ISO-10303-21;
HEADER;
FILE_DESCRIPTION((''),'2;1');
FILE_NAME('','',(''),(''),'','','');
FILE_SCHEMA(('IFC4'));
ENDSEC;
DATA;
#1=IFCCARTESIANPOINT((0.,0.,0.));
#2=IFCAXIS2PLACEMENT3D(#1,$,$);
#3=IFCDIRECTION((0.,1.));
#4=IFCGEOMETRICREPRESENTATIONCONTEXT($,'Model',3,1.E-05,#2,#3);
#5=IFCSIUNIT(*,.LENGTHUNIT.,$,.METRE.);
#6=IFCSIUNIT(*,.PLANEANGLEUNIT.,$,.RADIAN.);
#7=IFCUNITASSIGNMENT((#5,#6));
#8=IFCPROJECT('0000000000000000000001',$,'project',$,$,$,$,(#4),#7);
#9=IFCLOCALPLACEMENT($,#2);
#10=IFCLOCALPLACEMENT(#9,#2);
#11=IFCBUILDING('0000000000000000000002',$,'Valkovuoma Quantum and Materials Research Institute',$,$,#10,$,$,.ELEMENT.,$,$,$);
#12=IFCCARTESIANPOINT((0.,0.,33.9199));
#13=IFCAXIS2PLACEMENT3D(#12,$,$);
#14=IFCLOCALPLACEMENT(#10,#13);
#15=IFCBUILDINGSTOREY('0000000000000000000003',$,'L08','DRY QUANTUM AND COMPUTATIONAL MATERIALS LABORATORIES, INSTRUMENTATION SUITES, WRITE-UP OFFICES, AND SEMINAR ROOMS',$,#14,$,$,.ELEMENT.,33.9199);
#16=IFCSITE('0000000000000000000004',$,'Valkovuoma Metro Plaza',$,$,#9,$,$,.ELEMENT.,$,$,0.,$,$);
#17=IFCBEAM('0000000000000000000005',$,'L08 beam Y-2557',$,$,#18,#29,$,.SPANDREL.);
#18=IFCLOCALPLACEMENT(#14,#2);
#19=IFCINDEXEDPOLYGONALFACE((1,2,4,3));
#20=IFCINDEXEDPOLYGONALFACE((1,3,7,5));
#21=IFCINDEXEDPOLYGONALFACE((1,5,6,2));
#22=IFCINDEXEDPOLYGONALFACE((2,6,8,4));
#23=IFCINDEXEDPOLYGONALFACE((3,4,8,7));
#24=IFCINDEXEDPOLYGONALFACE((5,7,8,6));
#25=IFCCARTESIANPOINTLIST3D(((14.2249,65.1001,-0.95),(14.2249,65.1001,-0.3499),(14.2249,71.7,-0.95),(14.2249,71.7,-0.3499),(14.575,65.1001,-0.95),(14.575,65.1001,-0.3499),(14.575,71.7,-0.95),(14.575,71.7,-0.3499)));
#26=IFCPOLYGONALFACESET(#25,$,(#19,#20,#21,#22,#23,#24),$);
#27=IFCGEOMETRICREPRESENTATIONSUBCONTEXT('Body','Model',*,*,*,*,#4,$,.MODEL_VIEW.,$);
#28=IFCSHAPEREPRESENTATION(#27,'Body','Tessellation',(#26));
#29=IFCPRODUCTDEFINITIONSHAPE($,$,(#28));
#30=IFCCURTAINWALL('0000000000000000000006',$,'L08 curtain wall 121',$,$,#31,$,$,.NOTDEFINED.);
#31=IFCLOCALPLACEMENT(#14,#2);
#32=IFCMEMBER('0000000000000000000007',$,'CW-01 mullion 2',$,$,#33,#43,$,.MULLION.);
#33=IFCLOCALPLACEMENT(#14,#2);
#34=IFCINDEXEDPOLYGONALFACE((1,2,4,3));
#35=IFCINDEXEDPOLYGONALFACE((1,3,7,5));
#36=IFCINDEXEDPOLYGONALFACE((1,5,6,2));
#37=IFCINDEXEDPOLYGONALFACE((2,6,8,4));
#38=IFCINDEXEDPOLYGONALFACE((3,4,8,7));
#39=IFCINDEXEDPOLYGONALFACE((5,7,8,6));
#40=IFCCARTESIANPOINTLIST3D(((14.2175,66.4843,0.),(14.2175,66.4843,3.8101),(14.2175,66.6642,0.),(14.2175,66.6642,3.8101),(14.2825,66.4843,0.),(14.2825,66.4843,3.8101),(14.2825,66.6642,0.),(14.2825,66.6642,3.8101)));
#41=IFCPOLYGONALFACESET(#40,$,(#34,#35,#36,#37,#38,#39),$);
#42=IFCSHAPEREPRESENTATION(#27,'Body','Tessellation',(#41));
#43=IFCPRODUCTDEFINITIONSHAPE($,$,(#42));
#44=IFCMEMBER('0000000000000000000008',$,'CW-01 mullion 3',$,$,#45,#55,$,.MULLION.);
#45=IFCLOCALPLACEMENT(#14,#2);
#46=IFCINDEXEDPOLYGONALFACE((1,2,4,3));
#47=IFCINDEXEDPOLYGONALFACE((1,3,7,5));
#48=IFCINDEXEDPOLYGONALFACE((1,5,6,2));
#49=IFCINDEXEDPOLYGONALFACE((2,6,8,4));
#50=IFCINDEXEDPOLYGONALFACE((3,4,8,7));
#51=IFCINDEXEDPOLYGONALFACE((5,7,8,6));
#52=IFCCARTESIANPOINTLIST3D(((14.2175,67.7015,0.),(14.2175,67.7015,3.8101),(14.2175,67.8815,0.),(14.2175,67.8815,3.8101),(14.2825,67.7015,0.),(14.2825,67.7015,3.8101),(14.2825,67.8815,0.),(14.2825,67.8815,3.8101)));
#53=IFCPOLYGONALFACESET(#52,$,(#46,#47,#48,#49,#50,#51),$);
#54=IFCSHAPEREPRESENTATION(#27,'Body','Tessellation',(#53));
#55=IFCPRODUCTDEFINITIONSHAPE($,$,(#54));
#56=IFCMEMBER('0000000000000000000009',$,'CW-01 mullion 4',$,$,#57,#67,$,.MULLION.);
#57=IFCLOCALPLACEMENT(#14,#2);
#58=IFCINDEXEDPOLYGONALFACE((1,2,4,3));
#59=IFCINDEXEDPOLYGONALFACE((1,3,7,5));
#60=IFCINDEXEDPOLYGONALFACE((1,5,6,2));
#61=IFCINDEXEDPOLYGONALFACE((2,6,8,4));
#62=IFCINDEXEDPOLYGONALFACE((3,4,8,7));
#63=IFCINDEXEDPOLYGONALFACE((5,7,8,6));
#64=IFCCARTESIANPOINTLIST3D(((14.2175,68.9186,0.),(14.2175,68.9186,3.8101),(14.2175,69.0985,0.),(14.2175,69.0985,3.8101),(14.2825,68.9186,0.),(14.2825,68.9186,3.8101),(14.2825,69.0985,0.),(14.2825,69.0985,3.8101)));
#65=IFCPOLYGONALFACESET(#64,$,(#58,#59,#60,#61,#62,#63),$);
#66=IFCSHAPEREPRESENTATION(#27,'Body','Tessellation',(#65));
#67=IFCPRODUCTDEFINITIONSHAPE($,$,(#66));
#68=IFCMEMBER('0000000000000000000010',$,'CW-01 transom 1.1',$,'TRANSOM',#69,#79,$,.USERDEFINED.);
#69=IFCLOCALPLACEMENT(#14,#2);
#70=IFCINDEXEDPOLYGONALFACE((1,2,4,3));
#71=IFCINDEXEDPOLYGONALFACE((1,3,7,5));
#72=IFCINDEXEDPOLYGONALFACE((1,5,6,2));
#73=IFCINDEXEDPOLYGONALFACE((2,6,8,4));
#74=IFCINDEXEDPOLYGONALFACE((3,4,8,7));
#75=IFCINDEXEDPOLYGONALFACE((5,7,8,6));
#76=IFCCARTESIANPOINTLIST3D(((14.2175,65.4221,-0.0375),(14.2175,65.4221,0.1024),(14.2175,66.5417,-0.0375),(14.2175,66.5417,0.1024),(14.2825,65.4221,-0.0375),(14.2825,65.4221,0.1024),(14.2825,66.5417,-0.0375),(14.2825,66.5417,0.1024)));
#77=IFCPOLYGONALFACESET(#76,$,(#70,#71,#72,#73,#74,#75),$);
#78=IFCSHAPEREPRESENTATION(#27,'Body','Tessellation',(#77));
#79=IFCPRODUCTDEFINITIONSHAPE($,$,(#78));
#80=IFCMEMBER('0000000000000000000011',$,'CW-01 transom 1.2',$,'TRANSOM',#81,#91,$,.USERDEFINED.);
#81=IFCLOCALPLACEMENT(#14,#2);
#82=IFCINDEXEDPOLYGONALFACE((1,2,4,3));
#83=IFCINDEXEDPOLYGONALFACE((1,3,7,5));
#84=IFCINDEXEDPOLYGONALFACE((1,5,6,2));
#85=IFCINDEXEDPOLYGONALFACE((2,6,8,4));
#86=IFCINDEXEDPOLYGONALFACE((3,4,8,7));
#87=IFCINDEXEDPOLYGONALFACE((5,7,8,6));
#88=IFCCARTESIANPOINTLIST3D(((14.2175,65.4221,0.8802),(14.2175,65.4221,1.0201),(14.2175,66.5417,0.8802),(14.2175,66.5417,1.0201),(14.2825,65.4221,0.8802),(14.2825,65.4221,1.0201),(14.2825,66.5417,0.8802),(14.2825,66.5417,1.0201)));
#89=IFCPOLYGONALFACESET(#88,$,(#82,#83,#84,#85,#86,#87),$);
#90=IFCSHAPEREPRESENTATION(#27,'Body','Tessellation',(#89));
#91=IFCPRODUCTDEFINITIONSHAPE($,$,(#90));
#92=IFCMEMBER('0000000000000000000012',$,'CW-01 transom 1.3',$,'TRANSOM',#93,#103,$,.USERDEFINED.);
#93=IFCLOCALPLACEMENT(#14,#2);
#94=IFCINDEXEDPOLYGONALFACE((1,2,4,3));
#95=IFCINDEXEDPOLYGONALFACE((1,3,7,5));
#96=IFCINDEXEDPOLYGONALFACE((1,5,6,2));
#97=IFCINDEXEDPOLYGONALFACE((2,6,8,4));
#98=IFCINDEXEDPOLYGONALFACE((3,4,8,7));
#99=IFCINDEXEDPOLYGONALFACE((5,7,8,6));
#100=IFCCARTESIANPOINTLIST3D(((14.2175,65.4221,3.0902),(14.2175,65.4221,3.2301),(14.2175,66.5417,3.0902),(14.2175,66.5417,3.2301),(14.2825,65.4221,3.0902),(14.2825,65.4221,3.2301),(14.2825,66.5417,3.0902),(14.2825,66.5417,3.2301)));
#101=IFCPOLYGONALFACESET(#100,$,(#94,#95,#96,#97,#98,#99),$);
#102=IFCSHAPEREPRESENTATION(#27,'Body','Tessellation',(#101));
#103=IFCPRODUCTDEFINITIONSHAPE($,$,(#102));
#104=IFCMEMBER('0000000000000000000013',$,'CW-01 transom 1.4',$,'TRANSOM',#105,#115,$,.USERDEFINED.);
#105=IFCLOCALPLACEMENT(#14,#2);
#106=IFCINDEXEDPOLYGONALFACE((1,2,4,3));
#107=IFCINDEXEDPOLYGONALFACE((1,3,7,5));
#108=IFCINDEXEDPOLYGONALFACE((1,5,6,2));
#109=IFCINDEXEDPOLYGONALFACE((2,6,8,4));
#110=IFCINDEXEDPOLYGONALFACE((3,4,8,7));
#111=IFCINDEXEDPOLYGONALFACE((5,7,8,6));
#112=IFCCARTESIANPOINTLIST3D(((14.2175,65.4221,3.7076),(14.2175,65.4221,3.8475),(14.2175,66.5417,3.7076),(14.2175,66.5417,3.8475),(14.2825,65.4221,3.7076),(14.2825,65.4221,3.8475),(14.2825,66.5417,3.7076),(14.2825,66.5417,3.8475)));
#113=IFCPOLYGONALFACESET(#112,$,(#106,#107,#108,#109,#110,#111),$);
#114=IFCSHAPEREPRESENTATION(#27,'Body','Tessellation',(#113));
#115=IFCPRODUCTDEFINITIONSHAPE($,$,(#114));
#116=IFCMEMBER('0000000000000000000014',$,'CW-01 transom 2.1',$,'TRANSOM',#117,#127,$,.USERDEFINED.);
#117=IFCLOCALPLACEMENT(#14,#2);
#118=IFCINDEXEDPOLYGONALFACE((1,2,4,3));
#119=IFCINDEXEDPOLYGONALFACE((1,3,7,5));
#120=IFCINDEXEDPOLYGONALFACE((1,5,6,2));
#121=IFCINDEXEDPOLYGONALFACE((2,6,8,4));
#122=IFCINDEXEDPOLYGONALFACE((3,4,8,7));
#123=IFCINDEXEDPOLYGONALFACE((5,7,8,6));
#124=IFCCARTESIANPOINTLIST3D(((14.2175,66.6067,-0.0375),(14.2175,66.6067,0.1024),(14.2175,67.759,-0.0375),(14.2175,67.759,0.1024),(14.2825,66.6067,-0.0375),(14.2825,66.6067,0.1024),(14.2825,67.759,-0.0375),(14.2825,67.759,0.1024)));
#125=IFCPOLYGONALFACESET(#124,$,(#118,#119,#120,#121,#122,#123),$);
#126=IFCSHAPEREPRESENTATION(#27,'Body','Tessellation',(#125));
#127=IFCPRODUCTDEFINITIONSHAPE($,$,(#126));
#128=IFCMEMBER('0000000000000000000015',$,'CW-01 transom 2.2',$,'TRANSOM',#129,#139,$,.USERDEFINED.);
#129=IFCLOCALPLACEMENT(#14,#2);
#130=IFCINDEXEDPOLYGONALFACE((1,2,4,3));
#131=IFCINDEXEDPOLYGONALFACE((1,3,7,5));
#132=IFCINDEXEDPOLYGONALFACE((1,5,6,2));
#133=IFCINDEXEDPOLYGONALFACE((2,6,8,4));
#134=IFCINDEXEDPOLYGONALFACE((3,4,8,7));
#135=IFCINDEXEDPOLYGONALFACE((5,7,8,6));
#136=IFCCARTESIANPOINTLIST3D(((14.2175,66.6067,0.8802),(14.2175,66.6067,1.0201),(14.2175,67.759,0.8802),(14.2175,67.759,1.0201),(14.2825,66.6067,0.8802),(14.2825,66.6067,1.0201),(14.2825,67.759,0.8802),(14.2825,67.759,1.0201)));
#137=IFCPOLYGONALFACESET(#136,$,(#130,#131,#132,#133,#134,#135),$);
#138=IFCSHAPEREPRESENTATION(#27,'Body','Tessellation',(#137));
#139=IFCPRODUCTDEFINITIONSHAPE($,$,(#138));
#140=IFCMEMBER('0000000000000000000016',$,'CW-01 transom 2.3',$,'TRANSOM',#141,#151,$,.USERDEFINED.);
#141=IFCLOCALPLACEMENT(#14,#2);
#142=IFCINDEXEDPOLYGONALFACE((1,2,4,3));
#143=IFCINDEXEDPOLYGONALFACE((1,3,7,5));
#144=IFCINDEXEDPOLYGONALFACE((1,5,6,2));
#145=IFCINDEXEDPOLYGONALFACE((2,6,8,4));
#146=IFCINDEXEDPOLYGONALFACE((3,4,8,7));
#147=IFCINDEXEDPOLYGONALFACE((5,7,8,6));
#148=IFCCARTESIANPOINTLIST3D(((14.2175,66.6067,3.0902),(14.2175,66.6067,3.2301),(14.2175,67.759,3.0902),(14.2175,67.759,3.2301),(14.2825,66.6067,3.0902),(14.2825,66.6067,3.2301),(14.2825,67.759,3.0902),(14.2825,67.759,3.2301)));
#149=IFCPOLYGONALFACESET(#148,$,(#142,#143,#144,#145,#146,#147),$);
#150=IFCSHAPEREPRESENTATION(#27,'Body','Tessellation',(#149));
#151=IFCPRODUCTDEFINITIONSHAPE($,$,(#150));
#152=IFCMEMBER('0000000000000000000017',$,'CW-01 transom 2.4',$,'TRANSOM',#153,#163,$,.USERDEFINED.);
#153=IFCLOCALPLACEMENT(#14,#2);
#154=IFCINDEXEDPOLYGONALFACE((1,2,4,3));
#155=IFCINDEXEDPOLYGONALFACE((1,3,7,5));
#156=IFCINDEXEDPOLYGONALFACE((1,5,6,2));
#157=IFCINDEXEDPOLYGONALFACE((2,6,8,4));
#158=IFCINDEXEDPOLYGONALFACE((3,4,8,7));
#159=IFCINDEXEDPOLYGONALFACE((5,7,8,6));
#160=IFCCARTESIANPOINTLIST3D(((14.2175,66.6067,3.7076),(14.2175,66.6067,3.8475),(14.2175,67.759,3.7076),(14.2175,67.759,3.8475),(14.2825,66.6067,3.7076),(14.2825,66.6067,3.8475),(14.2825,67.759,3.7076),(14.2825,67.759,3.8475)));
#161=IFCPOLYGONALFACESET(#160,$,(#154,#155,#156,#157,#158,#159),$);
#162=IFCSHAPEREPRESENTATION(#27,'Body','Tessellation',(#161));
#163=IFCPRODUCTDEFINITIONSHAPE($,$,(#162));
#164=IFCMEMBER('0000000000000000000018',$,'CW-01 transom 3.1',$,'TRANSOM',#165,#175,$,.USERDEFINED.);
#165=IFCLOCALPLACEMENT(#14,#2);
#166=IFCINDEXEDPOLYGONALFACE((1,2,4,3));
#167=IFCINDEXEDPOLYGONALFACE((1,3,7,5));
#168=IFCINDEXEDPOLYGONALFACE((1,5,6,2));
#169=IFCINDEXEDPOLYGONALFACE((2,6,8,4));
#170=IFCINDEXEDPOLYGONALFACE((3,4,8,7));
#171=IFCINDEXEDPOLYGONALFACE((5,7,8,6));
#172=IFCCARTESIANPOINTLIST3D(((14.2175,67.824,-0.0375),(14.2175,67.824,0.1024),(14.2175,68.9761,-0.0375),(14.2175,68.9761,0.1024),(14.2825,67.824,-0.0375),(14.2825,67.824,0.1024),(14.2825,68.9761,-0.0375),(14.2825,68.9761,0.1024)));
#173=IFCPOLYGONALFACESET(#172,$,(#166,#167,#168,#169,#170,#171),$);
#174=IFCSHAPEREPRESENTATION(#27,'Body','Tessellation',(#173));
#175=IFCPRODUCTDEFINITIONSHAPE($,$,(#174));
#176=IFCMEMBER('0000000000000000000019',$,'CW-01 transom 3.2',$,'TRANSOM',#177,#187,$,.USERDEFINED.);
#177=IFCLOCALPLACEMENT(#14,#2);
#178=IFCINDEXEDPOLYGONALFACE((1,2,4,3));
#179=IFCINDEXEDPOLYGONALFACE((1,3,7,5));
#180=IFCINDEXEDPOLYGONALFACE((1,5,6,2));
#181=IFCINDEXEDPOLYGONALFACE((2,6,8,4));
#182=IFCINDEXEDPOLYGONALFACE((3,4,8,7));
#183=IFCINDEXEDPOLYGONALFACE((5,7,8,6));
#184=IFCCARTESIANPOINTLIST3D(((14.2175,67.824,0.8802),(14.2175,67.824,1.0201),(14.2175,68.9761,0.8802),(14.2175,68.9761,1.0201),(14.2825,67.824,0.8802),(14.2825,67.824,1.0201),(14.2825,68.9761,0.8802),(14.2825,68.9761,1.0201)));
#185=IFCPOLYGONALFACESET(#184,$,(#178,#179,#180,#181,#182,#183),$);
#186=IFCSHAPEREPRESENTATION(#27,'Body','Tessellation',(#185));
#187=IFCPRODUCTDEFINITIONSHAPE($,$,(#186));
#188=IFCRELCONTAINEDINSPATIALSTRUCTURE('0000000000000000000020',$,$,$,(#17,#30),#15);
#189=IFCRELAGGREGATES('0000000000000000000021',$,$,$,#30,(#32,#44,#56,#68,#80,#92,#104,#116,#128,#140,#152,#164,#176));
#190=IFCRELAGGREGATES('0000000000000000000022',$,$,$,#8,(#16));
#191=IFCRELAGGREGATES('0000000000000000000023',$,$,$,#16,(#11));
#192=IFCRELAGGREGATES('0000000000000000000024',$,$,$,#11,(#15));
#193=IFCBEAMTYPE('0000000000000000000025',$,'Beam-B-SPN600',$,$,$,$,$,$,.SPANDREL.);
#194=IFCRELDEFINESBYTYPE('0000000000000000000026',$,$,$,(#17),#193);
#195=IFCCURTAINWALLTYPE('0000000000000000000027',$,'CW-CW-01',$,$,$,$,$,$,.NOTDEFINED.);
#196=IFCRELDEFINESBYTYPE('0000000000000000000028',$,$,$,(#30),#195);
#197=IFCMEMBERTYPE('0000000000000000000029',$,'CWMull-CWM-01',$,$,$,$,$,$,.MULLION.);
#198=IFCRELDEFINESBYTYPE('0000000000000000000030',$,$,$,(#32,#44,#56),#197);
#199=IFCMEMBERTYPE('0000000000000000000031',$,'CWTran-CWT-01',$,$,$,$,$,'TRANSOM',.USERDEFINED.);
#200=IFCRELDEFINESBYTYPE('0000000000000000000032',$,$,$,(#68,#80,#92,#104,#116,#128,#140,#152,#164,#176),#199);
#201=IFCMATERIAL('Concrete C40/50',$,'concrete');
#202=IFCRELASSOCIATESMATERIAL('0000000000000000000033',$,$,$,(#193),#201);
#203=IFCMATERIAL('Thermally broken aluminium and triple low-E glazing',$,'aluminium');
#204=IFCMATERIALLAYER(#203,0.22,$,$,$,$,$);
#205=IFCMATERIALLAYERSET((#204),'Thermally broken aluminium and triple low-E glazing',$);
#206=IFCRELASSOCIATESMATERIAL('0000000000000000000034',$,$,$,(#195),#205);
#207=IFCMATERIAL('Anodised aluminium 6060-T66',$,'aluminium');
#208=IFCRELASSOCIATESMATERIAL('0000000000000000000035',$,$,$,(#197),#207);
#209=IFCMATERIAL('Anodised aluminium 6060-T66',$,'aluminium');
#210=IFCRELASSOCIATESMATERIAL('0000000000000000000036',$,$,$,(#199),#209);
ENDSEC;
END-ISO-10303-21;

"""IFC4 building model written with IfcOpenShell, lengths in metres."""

from ifc_helpers import new_model, si_unit, direction, frame, origin, origin_2d, place, context, subcontext, project, spatial, rectangle, extrude, material, layer, layer_set, material_profile, profile_set, type_object, element, aggregate, save


model = new_model("IFC4")

# Units and contexts
model_context = context("Model", 3, precision=1e-05, world=origin(), true_north=direction((0.0, 1.0)))
body_context = subcontext(model_context, "Body", "Model", "MODEL_VIEW")
ifc_project = project(units=[si_unit("LENGTHUNIT", "METRE"), si_unit("PLANEANGLEUNIT", "RADIAN")], contexts=[model_context])

# Site, building, storey
site_placement = place(None, origin())
site = spatial("IfcSite", under=ifc_project, at=site_placement, Name="Valkovuoma Metro Plaza", CompositionType="ELEMENT", RefElevation=0.0)
building_placement = place(site_placement, origin())
building = spatial("IfcBuilding", under=site, at=building_placement, Name="Valkovuoma Quantum and Materials Research Institute", CompositionType="ELEMENT")
storey_placement = place(building_placement, frame((0.0, 0.0, 33.9199)))
storey = spatial("IfcBuildingStorey", under=building, at=storey_placement, Name="L08", Description="DRY QUANTUM AND COMPUTATIONAL MATERIALS LABORATORIES, INSTRUMENTATION SUITES, WRITE-UP OFFICES, AND SEMINAR ROOMS", CompositionType="ELEMENT", Elevation=33.9199)

# Beam
ifc_material_1 = material(Name="Concrete C40/50", Category="concrete")
ifc_material_profile_1 = material_profile(ifc_material_1, rectangle(XDim=0.3501, YDim=0.6001, at=origin_2d()), Name="Concrete C40/50")
ifc_profile_set_1 = profile_set([ifc_material_profile_1], Name="Concrete C40/50")
beam_type = type_object("IfcBeamType", Name="Beam-B-SPN600", PredefinedType="SPANDREL", material=ifc_profile_set_1)
beam_placement = place(storey_placement, frame((14.3999, 65.1001, -0.6499), z_axis=(0.0, 1.0, 0.0), x_axis=(-1.0, 0.0, 0.0)))
element("IfcBeam", 1, at=beam_placement, inside=storey, type_object=beam_type, Name="L08 beam Y-2557", PredefinedType="SPANDREL", context=body_context, shape_type="SweptSolid", body=[
    extrude(rectangle(XDim=0.3501, YDim=0.6001, at=origin_2d()), origin(), (0.0, 0.0, 1.0), 6.5999),
])

# Curtain wall, members
ifc_material_2 = material(Name="Thermally broken aluminium and triple low-E glazing", Category="aluminium")
ifc_layer_1 = layer(ifc_material_2, 0.22)
ifc_layer_set_1 = layer_set([ifc_layer_1], Name="Thermally broken aluminium and triple low-E glazing")
curtain_wall_type = type_object("IfcCurtainWallType", Name="CW-CW-01", PredefinedType="NOTDEFINED", material=ifc_layer_set_1)
curtain_wall_placement = place(storey_placement, origin())
curtain_wall = element("IfcCurtainWall", 2, at=curtain_wall_placement, inside=storey, type_object=curtain_wall_type, Name="L08 curtain wall 121", PredefinedType="NOTDEFINED")
ifc_material_3 = material(Name="Anodised aluminium 6060-T66", Category="aluminium")
ifc_material_profile_2 = material_profile(ifc_material_3, rectangle(XDim=0.0649, YDim=0.1799, at=origin_2d()), Name="Anodised aluminium 6060-T66")
ifc_profile_set_2 = profile_set([ifc_material_profile_2], Name="Anodised aluminium 6060-T66")
member_type_1 = type_object("IfcMemberType", Name="CWMull-CWM-01", PredefinedType="MULLION", material=ifc_profile_set_2)
member_1_placement = place(storey_placement, frame((14.25, 66.5742, 0.0), z_axis=(0.0, 0.0, 1.0), x_axis=(-1.0, 0.0, 0.0)))
member_1 = element("IfcMember", 3, at=member_1_placement, type_object=member_type_1, Name="CW-01 mullion 2", PredefinedType="MULLION", context=body_context, shape_type="SweptSolid", body=[
    extrude(rectangle(XDim=0.0649, YDim=0.1799, at=origin_2d()), origin(), (0.0, 0.0, 1.0), 3.8101),
])
member_2_placement = place(storey_placement, frame((14.25, 67.7915, 0.0), z_axis=(0.0, 0.0, 1.0), x_axis=(-1.0, 0.0, 0.0)))
member_2 = element("IfcMember", 4, at=member_2_placement, type_object=member_type_1, Name="CW-01 mullion 3", PredefinedType="MULLION", context=body_context, shape_type="SweptSolid", body=[
    extrude(rectangle(XDim=0.0649, YDim=0.1799, at=origin_2d()), origin(), (0.0, 0.0, 1.0), 3.8101),
])
member_3_placement = place(storey_placement, frame((14.25, 69.0085, 0.0), z_axis=(0.0, 0.0, 1.0), x_axis=(-1.0, 0.0, 0.0)))
member_3 = element("IfcMember", 5, at=member_3_placement, type_object=member_type_1, Name="CW-01 mullion 4", PredefinedType="MULLION", context=body_context, shape_type="SweptSolid", body=[
    extrude(rectangle(XDim=0.0649, YDim=0.1799, at=origin_2d()), origin(), (0.0, 0.0, 1.0), 3.8101),
])
ifc_material_4 = material(Name="Anodised aluminium 6060-T66", Category="aluminium")
ifc_material_profile_3 = material_profile(ifc_material_4, rectangle(XDim=0.0649, YDim=0.1399, at=origin_2d()), Name="Anodised aluminium 6060-T66")
ifc_profile_set_3 = profile_set([ifc_material_profile_3], Name="Anodised aluminium 6060-T66")
member_type_2 = type_object("IfcMemberType", Name="CWTran-CWT-01", ElementType="TRANSOM", PredefinedType="USERDEFINED", material=ifc_profile_set_3)
member_4_placement = place(storey_placement, frame((14.25, 65.4221, 0.0325), z_axis=(0.0, 1.0, 0.0), x_axis=(-1.0, 0.0, 0.0)))
member_4 = element("IfcMember", 6, at=member_4_placement, type_object=member_type_2, Name="CW-01 transom 1.1", ObjectType="TRANSOM", PredefinedType="USERDEFINED", context=body_context, shape_type="SweptSolid", body=[
    extrude(rectangle(XDim=0.0649, YDim=0.1399, at=origin_2d()), origin(), (0.0, 0.0, 1.0), 1.1196),
])
member_5_placement = place(storey_placement, frame((14.25, 65.4221, 0.9502), z_axis=(0.0, 1.0, 0.0), x_axis=(-1.0, 0.0, 0.0)))
member_5 = element("IfcMember", 7, at=member_5_placement, type_object=member_type_2, Name="CW-01 transom 1.2", ObjectType="TRANSOM", PredefinedType="USERDEFINED", context=body_context, shape_type="SweptSolid", body=[
    extrude(rectangle(XDim=0.0649, YDim=0.1399, at=origin_2d()), origin(), (0.0, 0.0, 1.0), 1.1196),
])
member_6_placement = place(storey_placement, frame((14.25, 65.4221, 3.1602), z_axis=(0.0, 1.0, 0.0), x_axis=(-1.0, 0.0, 0.0)))
member_6 = element("IfcMember", 8, at=member_6_placement, type_object=member_type_2, Name="CW-01 transom 1.3", ObjectType="TRANSOM", PredefinedType="USERDEFINED", context=body_context, shape_type="SweptSolid", body=[
    extrude(rectangle(XDim=0.0649, YDim=0.1399, at=origin_2d()), origin(), (0.0, 0.0, 1.0), 1.1196),
])
member_7_placement = place(storey_placement, frame((14.25, 65.4221, 3.7776), z_axis=(0.0, 1.0, 0.0), x_axis=(-1.0, 0.0, 0.0)))
member_7 = element("IfcMember", 9, at=member_7_placement, type_object=member_type_2, Name="CW-01 transom 1.4", ObjectType="TRANSOM", PredefinedType="USERDEFINED", context=body_context, shape_type="SweptSolid", body=[
    extrude(rectangle(XDim=0.0649, YDim=0.1399, at=origin_2d()), origin(), (0.0, 0.0, 1.0), 1.1196),
])
member_8_placement = place(storey_placement, frame((14.25, 66.6067, 0.0325), z_axis=(0.0, 1.0, 0.0), x_axis=(-1.0, 0.0, 0.0)))
member_8 = element("IfcMember", 10, at=member_8_placement, type_object=member_type_2, Name="CW-01 transom 2.1", ObjectType="TRANSOM", PredefinedType="USERDEFINED", context=body_context, shape_type="SweptSolid", body=[
    extrude(rectangle(XDim=0.0649, YDim=0.1399, at=origin_2d()), origin(), (0.0, 0.0, 1.0), 1.1523),
])
member_9_placement = place(storey_placement, frame((14.25, 66.6067, 0.9502), z_axis=(0.0, 1.0, 0.0), x_axis=(-1.0, 0.0, 0.0)))
member_9 = element("IfcMember", 11, at=member_9_placement, type_object=member_type_2, Name="CW-01 transom 2.2", ObjectType="TRANSOM", PredefinedType="USERDEFINED", context=body_context, shape_type="SweptSolid", body=[
    extrude(rectangle(XDim=0.0649, YDim=0.1399, at=origin_2d()), origin(), (0.0, 0.0, 1.0), 1.1523),
])
member_10_placement = place(storey_placement, frame((14.25, 66.6067, 3.1602), z_axis=(0.0, 1.0, 0.0), x_axis=(-1.0, 0.0, 0.0)))
member_10 = element("IfcMember", 12, at=member_10_placement, type_object=member_type_2, Name="CW-01 transom 2.3", ObjectType="TRANSOM", PredefinedType="USERDEFINED", context=body_context, shape_type="SweptSolid", body=[
    extrude(rectangle(XDim=0.0649, YDim=0.1399, at=origin_2d()), origin(), (0.0, 0.0, 1.0), 1.1523),
])
member_11_placement = place(storey_placement, frame((14.25, 66.6067, 3.7776), z_axis=(0.0, 1.0, 0.0), x_axis=(-1.0, 0.0, 0.0)))
member_11 = element("IfcMember", 13, at=member_11_placement, type_object=member_type_2, Name="CW-01 transom 2.4", ObjectType="TRANSOM", PredefinedType="USERDEFINED", context=body_context, shape_type="SweptSolid", body=[
    extrude(rectangle(XDim=0.0649, YDim=0.1399, at=origin_2d()), origin(), (0.0, 0.0, 1.0), 1.1523),
])
member_12_placement = place(storey_placement, frame((14.25, 67.824, 0.0325), z_axis=(0.0, 1.0, 0.0), x_axis=(-1.0, 0.0, 0.0)))
member_12 = element("IfcMember", 14, at=member_12_placement, type_object=member_type_2, Name="CW-01 transom 3.1", ObjectType="TRANSOM", PredefinedType="USERDEFINED", context=body_context, shape_type="SweptSolid", body=[
    extrude(rectangle(XDim=0.0649, YDim=0.1399, at=origin_2d()), origin(), (0.0, 0.0, 1.0), 1.1521),
])
member_13_placement = place(storey_placement, frame((14.25, 67.824, 0.9502), z_axis=(0.0, 1.0, 0.0), x_axis=(-1.0, 0.0, 0.0)))
member_13 = element("IfcMember", 15, at=member_13_placement, type_object=member_type_2, Name="CW-01 transom 3.2", ObjectType="TRANSOM", PredefinedType="USERDEFINED", context=body_context, shape_type="SweptSolid", body=[
    extrude(rectangle(XDim=0.0649, YDim=0.1399, at=origin_2d()), origin(), (0.0, 0.0, 1.0), 1.1521),
])
aggregate(curtain_wall, [member_1, member_2, member_3, member_4, member_5, member_6, member_7, member_8, member_9, member_10, member_11, member_12, member_13])

save(model, "model.ifc")
